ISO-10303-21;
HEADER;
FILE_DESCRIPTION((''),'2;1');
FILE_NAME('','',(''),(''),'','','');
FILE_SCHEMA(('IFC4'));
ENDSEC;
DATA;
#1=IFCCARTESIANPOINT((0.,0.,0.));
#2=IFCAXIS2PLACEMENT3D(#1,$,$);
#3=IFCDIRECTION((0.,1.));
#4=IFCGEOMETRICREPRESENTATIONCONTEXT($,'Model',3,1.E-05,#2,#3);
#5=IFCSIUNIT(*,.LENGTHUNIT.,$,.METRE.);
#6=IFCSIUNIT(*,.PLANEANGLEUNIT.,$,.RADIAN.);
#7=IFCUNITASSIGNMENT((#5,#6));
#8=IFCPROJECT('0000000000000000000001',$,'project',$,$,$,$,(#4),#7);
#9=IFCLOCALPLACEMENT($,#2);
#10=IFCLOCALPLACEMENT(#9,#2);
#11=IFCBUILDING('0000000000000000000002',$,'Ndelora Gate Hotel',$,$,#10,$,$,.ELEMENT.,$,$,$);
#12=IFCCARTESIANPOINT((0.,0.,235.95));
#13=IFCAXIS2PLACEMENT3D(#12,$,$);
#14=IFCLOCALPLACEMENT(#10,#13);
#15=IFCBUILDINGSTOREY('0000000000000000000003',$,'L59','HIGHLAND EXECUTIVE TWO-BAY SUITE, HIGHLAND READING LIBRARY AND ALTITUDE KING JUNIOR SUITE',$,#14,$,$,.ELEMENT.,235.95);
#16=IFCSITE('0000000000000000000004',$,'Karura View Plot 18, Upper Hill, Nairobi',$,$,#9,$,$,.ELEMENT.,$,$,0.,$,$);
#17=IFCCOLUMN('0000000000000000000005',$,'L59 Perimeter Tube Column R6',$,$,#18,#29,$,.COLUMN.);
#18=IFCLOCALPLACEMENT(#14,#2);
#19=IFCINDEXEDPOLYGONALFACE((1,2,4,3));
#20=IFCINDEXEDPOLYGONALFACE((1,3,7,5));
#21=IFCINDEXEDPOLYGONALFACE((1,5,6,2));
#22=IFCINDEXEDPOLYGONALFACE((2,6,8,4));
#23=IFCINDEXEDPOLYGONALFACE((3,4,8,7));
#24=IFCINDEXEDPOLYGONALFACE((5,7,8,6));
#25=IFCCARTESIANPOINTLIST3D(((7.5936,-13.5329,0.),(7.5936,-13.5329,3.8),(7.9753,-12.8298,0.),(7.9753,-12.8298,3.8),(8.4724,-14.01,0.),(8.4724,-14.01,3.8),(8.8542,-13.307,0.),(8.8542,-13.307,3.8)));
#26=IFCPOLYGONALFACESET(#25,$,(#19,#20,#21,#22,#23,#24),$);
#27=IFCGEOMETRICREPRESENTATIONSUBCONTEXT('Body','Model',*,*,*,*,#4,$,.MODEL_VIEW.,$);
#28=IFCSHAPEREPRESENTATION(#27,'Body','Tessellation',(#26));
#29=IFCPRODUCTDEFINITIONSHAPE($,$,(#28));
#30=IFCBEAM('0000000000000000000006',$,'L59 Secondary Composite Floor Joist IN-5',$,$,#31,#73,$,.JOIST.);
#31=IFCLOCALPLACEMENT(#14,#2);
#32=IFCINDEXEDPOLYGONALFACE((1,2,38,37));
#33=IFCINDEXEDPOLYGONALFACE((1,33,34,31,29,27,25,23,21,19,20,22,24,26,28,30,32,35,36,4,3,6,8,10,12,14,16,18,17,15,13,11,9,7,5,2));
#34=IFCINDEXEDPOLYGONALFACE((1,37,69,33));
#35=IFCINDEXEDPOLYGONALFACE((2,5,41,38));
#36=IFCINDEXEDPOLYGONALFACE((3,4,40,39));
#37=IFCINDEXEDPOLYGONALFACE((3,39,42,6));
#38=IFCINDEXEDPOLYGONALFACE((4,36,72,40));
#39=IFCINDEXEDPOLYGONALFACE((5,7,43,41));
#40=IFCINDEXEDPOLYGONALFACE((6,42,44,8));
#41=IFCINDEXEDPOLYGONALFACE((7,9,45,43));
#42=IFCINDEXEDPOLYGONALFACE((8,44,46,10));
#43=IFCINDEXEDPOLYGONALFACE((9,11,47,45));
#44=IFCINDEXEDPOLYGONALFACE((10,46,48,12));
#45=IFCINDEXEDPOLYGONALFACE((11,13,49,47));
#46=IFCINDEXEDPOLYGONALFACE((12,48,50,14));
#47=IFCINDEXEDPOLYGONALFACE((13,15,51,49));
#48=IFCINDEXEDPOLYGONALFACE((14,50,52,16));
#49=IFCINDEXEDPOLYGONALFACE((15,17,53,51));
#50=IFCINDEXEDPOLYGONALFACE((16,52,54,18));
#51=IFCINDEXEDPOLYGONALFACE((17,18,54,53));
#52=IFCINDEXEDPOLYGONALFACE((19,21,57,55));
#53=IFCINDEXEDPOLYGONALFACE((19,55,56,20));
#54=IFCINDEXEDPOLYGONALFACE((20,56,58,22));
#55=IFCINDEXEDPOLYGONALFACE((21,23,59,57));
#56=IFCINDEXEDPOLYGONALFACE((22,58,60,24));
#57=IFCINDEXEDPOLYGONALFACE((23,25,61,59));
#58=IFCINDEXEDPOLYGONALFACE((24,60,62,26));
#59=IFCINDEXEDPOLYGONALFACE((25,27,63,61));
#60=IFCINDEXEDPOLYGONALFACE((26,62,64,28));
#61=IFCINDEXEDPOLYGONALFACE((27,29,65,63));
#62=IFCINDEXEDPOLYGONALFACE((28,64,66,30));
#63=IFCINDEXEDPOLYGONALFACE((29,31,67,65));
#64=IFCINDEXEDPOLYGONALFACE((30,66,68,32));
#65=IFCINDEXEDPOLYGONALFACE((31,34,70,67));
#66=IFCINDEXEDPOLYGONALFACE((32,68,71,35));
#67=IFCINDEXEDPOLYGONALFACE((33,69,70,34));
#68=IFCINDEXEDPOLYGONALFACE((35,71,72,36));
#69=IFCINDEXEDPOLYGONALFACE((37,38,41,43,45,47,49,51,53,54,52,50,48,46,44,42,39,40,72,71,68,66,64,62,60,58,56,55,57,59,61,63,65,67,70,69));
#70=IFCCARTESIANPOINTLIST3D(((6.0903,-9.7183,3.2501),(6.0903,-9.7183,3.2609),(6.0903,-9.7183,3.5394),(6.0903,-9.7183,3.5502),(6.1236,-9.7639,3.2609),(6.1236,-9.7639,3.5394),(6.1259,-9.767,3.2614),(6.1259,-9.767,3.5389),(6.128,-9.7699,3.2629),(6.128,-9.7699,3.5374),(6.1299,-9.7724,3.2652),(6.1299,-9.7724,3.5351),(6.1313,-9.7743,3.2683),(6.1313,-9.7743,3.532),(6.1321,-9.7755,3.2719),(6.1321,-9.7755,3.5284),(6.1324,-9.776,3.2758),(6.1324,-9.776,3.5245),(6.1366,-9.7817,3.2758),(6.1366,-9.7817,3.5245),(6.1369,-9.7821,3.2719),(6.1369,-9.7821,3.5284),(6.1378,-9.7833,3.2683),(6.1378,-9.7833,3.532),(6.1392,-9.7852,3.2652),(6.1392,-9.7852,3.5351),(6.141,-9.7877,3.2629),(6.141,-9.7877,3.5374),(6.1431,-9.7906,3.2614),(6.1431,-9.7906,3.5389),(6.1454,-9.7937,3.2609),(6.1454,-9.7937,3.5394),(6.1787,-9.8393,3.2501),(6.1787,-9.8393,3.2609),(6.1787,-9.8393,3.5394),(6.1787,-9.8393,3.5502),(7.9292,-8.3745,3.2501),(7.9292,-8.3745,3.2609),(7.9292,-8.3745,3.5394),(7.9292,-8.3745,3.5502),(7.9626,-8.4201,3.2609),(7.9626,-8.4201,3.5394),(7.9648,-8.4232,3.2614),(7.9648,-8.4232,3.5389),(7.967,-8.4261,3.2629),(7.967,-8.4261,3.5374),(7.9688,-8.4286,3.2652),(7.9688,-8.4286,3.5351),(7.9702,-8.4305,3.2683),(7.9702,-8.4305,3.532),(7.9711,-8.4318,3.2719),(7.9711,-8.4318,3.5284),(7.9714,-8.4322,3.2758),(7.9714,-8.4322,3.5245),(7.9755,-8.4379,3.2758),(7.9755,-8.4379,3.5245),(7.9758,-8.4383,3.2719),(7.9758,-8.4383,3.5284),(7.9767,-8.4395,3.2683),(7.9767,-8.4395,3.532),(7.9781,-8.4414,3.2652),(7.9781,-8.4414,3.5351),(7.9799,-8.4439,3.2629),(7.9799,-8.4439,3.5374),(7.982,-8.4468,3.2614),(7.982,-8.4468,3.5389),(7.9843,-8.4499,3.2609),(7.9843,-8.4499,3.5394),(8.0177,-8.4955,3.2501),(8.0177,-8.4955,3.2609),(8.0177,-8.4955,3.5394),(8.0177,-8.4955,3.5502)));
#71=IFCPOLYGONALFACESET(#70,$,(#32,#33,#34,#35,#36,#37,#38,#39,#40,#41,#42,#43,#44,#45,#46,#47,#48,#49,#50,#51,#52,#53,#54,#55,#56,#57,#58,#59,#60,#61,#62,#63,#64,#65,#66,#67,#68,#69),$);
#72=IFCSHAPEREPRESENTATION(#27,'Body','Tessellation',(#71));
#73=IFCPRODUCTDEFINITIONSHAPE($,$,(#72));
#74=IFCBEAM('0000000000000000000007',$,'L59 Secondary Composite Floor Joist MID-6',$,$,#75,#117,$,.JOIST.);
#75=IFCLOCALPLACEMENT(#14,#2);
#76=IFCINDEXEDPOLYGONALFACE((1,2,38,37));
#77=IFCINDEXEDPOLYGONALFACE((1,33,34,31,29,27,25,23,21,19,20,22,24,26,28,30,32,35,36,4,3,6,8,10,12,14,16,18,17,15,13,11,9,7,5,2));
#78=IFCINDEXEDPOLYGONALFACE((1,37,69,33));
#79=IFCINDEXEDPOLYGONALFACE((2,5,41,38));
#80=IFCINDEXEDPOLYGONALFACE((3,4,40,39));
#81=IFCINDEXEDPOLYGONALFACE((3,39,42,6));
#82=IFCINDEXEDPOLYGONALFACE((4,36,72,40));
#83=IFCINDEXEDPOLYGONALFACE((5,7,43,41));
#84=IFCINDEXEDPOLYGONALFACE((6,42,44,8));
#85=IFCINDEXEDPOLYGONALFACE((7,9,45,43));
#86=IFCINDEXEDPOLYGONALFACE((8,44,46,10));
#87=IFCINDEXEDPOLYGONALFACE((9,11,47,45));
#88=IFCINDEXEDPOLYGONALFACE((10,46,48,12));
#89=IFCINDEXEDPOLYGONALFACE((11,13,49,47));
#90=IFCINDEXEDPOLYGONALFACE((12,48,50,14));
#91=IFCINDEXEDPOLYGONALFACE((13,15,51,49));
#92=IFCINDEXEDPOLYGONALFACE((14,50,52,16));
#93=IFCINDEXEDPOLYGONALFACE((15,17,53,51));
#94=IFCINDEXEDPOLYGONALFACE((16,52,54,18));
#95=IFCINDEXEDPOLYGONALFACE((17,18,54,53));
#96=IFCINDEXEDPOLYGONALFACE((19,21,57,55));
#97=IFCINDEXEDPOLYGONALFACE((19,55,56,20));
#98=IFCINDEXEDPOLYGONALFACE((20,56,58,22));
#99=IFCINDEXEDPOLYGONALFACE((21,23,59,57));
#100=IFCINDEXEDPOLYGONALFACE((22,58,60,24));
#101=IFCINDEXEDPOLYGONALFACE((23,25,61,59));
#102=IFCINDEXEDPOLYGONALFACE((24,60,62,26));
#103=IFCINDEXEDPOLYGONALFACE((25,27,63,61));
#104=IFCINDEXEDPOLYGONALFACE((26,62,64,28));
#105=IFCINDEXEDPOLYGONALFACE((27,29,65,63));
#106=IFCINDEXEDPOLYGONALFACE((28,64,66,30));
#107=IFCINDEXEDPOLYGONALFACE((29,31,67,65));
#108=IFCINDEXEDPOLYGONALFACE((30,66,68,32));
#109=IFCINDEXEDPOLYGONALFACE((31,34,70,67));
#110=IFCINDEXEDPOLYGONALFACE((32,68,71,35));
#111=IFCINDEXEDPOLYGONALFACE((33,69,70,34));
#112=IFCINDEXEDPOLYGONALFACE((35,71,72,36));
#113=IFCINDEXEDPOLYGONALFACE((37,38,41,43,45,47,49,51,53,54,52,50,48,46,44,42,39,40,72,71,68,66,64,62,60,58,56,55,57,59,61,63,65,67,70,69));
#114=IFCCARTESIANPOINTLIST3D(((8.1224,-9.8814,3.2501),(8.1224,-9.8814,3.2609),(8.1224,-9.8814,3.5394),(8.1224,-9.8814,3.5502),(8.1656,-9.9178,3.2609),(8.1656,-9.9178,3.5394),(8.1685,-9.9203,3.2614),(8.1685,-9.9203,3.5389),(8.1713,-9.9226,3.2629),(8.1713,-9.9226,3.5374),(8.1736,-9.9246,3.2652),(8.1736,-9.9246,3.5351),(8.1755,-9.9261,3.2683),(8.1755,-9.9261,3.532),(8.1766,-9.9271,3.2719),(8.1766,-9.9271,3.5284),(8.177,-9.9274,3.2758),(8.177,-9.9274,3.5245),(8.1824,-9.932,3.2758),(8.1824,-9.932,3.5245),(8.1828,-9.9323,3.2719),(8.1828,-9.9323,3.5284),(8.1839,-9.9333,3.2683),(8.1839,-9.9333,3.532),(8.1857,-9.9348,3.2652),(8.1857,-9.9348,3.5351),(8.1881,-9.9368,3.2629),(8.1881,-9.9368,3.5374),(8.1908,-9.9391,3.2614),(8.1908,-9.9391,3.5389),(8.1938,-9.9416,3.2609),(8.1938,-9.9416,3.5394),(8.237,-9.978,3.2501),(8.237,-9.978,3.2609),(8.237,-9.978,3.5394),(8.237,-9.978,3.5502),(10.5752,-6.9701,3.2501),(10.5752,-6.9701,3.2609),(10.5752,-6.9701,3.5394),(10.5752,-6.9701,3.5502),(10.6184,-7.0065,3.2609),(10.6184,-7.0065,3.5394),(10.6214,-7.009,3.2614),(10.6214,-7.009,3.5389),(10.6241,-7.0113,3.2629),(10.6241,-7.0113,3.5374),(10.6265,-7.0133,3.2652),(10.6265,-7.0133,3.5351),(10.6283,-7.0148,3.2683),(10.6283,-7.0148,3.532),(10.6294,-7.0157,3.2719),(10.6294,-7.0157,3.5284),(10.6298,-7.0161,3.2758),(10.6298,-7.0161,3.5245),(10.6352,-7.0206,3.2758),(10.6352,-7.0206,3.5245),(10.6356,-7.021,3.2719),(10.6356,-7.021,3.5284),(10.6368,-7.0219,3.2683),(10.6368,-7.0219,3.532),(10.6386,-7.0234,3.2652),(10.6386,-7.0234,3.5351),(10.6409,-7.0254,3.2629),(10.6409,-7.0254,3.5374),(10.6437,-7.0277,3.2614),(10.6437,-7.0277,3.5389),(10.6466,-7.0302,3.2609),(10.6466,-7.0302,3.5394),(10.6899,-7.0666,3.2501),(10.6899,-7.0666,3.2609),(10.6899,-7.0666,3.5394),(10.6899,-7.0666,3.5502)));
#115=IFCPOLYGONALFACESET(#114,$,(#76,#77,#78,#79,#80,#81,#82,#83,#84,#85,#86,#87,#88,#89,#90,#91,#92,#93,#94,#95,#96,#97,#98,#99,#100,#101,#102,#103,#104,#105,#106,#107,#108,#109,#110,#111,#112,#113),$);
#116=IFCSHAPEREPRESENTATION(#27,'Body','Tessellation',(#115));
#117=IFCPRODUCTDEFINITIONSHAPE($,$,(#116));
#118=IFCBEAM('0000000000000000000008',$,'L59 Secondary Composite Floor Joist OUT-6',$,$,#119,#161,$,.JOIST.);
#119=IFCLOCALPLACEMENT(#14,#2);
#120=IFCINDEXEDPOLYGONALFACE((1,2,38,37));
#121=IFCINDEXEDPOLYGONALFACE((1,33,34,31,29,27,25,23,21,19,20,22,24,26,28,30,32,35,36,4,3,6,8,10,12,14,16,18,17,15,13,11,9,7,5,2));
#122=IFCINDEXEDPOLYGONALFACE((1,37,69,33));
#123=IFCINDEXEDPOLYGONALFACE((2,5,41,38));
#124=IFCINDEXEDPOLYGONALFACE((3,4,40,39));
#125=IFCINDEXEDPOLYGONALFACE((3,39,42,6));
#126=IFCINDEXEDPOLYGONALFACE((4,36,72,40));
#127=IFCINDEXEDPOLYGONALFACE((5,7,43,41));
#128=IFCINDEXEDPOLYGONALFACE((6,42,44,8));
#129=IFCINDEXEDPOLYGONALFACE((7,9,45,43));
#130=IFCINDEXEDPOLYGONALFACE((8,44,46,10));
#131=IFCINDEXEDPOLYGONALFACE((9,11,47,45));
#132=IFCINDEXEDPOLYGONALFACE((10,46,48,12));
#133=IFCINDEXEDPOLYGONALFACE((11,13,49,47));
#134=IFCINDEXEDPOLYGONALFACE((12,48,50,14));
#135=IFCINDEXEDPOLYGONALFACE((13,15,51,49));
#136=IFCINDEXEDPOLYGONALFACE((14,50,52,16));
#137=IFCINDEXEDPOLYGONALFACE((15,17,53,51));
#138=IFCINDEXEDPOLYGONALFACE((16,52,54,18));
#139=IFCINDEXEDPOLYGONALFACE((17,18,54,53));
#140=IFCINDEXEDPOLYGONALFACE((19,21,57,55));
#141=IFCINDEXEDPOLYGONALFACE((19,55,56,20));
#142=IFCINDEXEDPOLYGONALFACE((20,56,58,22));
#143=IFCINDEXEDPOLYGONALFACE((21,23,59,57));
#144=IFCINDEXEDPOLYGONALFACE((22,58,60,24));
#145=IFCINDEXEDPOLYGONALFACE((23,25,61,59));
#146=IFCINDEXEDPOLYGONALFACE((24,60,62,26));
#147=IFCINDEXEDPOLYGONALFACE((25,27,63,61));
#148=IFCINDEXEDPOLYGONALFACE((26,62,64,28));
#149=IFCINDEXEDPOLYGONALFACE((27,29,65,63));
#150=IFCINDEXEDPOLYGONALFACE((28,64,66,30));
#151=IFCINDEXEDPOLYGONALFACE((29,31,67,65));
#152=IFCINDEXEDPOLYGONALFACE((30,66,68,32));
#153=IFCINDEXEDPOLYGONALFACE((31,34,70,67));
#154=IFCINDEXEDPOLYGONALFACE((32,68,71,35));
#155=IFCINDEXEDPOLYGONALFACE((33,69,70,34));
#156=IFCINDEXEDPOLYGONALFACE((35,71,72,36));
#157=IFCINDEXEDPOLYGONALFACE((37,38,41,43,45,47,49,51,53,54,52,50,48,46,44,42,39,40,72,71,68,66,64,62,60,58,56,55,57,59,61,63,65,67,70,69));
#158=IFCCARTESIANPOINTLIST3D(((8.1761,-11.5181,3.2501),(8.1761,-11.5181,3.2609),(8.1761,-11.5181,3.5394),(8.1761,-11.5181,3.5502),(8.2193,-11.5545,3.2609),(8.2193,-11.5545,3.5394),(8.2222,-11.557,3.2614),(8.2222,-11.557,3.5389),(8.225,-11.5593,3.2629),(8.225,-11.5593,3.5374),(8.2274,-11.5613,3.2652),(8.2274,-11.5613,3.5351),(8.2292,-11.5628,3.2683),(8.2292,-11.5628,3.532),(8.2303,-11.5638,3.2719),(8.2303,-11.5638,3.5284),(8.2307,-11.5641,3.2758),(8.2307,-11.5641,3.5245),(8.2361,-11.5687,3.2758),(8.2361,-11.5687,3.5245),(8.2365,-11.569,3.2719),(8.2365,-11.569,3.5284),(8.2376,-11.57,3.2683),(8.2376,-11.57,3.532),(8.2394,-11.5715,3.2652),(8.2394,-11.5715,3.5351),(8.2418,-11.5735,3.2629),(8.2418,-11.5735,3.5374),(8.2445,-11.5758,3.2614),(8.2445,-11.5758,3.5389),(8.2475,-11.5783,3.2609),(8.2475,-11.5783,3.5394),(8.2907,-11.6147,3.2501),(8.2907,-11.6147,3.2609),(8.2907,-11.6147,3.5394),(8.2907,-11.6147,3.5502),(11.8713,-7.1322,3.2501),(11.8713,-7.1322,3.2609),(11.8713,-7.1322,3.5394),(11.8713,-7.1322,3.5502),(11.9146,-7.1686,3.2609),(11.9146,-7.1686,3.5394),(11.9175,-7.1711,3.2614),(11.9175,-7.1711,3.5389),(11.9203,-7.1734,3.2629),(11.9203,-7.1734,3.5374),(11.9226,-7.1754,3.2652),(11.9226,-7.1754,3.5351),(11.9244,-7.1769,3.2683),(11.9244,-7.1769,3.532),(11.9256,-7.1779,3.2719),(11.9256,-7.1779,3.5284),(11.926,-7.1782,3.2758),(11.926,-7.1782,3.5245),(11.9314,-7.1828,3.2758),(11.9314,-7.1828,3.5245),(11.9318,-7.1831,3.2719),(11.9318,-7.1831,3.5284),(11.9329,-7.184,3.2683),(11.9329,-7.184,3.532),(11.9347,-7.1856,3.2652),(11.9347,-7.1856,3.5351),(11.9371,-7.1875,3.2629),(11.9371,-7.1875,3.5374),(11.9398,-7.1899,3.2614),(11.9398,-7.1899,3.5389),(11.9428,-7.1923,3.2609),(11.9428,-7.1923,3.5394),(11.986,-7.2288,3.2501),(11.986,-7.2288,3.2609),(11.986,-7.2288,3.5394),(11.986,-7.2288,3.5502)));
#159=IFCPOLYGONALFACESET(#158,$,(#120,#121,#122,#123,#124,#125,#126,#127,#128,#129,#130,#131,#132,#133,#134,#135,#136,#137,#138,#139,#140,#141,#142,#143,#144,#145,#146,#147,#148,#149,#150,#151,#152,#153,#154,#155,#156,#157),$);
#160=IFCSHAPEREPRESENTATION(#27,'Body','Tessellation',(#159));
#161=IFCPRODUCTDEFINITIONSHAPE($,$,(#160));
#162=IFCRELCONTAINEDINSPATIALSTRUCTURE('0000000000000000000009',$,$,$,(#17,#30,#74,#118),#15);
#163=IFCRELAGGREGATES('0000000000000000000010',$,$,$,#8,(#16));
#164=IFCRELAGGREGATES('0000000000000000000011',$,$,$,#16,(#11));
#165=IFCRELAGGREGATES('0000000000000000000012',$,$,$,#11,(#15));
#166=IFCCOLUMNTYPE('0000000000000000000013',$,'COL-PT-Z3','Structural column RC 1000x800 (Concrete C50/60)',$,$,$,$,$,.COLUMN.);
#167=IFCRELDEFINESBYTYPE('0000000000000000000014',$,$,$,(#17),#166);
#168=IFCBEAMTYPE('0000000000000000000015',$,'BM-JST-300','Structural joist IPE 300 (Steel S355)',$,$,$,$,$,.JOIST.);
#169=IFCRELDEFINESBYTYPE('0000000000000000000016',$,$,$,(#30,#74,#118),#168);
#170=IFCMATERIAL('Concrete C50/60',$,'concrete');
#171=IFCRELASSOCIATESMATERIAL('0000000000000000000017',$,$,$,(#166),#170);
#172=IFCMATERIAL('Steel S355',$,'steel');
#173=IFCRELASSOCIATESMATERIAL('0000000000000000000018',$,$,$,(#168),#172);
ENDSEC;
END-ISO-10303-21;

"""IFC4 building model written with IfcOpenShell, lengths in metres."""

from ifc_helpers import new_model, si_unit, direction, frame, origin, origin_2d, place, context, subcontext, project, spatial, rectangle, i_section, extrude, material, material_profile, profile_set, type_object, element, save


model = new_model("IFC4")

# Units and contexts
model_context = context("Model", 3, precision=1e-05, world=origin(), true_north=direction((0.0, 1.0)))
body_context = subcontext(model_context, "Body", "Model", "MODEL_VIEW")
ifc_project = project(units=[si_unit("LENGTHUNIT", "METRE"), si_unit("PLANEANGLEUNIT", "RADIAN")], contexts=[model_context])

# Site, building, storey
site_placement = place(None, origin())
site = spatial("IfcSite", under=ifc_project, at=site_placement, Name="Karura View Plot 18, Upper Hill, Nairobi", CompositionType="ELEMENT", RefElevation=0.0)
building_placement = place(site_placement, origin())
building = spatial("IfcBuilding", under=site, at=building_placement, Name="Ndelora Gate Hotel", CompositionType="ELEMENT")
storey_placement = place(building_placement, frame((0.0, 0.0, 235.95)))
storey = spatial("IfcBuildingStorey", under=building, at=storey_placement, Name="L59", Description="HIGHLAND EXECUTIVE TWO-BAY SUITE, HIGHLAND READING LIBRARY AND ALTITUDE KING JUNIOR SUITE", CompositionType="ELEMENT", Elevation=235.95)

# Column
ifc_material_1 = material(Name="Concrete C50/60", Category="concrete")
ifc_material_profile_1 = material_profile(ifc_material_1, rectangle(XDim=0.8, YDim=1.0, at=origin_2d()), Name="RC 1000x800")
ifc_profile_set_1 = profile_set([ifc_material_profile_1], Name="Concrete C50/60")
column_type = type_object("IfcColumnType", Name="COL-PT-Z3", Description="Structural column RC 1000x800 (Concrete C50/60)", PredefinedType="COLUMN", material=ifc_profile_set_1)
column_placement = place(storey_placement, frame((8.2239, -13.4199, 0.0), z_axis=(0.0, 0.0, 1.0), x_axis=(0.477159, 0.878817, 0.0)))
element("IfcColumn", 1, at=column_placement, inside=storey, type_object=column_type, Name="L59 Perimeter Tube Column R6", PredefinedType="COLUMN", context=body_context, shape_type="SweptSolid", body=[
    extrude(rectangle(XDim=0.8, YDim=1.0, at=origin_2d()), origin(), (0.0, 0.0, 1.0), 3.8),
])

# Beams
ifc_material_2 = material(Name="Steel S355", Category="steel")
ifc_material_profile_2 = material_profile(ifc_material_2, i_section(OverallWidth=0.1499, OverallDepth=0.3, WebThickness=0.0071, FlangeThickness=0.0107, FilletRadius=0.0149, at=origin_2d()), Name="IPE 300")
ifc_profile_set_2 = profile_set([ifc_material_profile_2], Name="Steel S355")
beam_type_1 = type_object("IfcBeamType", Name="BM-JST-300", Description="Structural joist IPE 300 (Steel S355)", PredefinedType="JOIST", material=ifc_profile_set_2)
beam_1_placement = place(storey_placement, frame((6.1345, -9.7788, 3.4001), z_axis=(0.807399, 0.590006, 0.0), x_axis=(-0.590006, 0.807399, 0.0)))
element("IfcBeam", 2, at=beam_1_placement, inside=storey, type_object=beam_type_1, Name="L59 Secondary Composite Floor Joist IN-5", PredefinedType="JOIST", context=body_context, shape_type="SweptSolid", body=[
    extrude(i_section(OverallWidth=0.1499, OverallDepth=0.3, WebThickness=0.0071, FlangeThickness=0.0107, FilletRadius=0.0149, at=origin_2d()), origin(), (0.0, 0.0, 1.0), 2.2776),
])
beam_2_placement = place(storey_placement, frame((8.1797, -9.9297, 3.4001), z_axis=(0.644319, 0.764757, 0.0), x_axis=(-0.764757, 0.644319, 0.0)))
element("IfcBeam", 3, at=beam_2_placement, inside=storey, type_object=beam_type_1, Name="L59 Secondary Composite Floor Joist MID-6", PredefinedType="JOIST", context=body_context, shape_type="SweptSolid", body=[
    extrude(i_section(OverallWidth=0.1499, OverallDepth=0.3, WebThickness=0.0071, FlangeThickness=0.0107, FilletRadius=0.0149, at=origin_2d()), origin(), (0.0, 0.0, 1.0), 3.8069),
])
beam_3_placement = place(storey_placement, frame((8.2334, -11.5664, 3.4001), z_axis=(0.644324, 0.764752, 0.0), x_axis=(-0.764752, 0.644324, 0.0)))
element("IfcBeam", 4, at=beam_3_placement, inside=storey, type_object=beam_type_1, Name="L59 Secondary Composite Floor Joist OUT-6", PredefinedType="JOIST", context=body_context, shape_type="SweptSolid", body=[
    extrude(i_section(OverallWidth=0.1499, OverallDepth=0.3, WebThickness=0.0071, FlangeThickness=0.0107, FilletRadius=0.0149, at=origin_2d()), origin(), (0.0, 0.0, 1.0), 5.7351),
])

save(model, "model.ifc")
